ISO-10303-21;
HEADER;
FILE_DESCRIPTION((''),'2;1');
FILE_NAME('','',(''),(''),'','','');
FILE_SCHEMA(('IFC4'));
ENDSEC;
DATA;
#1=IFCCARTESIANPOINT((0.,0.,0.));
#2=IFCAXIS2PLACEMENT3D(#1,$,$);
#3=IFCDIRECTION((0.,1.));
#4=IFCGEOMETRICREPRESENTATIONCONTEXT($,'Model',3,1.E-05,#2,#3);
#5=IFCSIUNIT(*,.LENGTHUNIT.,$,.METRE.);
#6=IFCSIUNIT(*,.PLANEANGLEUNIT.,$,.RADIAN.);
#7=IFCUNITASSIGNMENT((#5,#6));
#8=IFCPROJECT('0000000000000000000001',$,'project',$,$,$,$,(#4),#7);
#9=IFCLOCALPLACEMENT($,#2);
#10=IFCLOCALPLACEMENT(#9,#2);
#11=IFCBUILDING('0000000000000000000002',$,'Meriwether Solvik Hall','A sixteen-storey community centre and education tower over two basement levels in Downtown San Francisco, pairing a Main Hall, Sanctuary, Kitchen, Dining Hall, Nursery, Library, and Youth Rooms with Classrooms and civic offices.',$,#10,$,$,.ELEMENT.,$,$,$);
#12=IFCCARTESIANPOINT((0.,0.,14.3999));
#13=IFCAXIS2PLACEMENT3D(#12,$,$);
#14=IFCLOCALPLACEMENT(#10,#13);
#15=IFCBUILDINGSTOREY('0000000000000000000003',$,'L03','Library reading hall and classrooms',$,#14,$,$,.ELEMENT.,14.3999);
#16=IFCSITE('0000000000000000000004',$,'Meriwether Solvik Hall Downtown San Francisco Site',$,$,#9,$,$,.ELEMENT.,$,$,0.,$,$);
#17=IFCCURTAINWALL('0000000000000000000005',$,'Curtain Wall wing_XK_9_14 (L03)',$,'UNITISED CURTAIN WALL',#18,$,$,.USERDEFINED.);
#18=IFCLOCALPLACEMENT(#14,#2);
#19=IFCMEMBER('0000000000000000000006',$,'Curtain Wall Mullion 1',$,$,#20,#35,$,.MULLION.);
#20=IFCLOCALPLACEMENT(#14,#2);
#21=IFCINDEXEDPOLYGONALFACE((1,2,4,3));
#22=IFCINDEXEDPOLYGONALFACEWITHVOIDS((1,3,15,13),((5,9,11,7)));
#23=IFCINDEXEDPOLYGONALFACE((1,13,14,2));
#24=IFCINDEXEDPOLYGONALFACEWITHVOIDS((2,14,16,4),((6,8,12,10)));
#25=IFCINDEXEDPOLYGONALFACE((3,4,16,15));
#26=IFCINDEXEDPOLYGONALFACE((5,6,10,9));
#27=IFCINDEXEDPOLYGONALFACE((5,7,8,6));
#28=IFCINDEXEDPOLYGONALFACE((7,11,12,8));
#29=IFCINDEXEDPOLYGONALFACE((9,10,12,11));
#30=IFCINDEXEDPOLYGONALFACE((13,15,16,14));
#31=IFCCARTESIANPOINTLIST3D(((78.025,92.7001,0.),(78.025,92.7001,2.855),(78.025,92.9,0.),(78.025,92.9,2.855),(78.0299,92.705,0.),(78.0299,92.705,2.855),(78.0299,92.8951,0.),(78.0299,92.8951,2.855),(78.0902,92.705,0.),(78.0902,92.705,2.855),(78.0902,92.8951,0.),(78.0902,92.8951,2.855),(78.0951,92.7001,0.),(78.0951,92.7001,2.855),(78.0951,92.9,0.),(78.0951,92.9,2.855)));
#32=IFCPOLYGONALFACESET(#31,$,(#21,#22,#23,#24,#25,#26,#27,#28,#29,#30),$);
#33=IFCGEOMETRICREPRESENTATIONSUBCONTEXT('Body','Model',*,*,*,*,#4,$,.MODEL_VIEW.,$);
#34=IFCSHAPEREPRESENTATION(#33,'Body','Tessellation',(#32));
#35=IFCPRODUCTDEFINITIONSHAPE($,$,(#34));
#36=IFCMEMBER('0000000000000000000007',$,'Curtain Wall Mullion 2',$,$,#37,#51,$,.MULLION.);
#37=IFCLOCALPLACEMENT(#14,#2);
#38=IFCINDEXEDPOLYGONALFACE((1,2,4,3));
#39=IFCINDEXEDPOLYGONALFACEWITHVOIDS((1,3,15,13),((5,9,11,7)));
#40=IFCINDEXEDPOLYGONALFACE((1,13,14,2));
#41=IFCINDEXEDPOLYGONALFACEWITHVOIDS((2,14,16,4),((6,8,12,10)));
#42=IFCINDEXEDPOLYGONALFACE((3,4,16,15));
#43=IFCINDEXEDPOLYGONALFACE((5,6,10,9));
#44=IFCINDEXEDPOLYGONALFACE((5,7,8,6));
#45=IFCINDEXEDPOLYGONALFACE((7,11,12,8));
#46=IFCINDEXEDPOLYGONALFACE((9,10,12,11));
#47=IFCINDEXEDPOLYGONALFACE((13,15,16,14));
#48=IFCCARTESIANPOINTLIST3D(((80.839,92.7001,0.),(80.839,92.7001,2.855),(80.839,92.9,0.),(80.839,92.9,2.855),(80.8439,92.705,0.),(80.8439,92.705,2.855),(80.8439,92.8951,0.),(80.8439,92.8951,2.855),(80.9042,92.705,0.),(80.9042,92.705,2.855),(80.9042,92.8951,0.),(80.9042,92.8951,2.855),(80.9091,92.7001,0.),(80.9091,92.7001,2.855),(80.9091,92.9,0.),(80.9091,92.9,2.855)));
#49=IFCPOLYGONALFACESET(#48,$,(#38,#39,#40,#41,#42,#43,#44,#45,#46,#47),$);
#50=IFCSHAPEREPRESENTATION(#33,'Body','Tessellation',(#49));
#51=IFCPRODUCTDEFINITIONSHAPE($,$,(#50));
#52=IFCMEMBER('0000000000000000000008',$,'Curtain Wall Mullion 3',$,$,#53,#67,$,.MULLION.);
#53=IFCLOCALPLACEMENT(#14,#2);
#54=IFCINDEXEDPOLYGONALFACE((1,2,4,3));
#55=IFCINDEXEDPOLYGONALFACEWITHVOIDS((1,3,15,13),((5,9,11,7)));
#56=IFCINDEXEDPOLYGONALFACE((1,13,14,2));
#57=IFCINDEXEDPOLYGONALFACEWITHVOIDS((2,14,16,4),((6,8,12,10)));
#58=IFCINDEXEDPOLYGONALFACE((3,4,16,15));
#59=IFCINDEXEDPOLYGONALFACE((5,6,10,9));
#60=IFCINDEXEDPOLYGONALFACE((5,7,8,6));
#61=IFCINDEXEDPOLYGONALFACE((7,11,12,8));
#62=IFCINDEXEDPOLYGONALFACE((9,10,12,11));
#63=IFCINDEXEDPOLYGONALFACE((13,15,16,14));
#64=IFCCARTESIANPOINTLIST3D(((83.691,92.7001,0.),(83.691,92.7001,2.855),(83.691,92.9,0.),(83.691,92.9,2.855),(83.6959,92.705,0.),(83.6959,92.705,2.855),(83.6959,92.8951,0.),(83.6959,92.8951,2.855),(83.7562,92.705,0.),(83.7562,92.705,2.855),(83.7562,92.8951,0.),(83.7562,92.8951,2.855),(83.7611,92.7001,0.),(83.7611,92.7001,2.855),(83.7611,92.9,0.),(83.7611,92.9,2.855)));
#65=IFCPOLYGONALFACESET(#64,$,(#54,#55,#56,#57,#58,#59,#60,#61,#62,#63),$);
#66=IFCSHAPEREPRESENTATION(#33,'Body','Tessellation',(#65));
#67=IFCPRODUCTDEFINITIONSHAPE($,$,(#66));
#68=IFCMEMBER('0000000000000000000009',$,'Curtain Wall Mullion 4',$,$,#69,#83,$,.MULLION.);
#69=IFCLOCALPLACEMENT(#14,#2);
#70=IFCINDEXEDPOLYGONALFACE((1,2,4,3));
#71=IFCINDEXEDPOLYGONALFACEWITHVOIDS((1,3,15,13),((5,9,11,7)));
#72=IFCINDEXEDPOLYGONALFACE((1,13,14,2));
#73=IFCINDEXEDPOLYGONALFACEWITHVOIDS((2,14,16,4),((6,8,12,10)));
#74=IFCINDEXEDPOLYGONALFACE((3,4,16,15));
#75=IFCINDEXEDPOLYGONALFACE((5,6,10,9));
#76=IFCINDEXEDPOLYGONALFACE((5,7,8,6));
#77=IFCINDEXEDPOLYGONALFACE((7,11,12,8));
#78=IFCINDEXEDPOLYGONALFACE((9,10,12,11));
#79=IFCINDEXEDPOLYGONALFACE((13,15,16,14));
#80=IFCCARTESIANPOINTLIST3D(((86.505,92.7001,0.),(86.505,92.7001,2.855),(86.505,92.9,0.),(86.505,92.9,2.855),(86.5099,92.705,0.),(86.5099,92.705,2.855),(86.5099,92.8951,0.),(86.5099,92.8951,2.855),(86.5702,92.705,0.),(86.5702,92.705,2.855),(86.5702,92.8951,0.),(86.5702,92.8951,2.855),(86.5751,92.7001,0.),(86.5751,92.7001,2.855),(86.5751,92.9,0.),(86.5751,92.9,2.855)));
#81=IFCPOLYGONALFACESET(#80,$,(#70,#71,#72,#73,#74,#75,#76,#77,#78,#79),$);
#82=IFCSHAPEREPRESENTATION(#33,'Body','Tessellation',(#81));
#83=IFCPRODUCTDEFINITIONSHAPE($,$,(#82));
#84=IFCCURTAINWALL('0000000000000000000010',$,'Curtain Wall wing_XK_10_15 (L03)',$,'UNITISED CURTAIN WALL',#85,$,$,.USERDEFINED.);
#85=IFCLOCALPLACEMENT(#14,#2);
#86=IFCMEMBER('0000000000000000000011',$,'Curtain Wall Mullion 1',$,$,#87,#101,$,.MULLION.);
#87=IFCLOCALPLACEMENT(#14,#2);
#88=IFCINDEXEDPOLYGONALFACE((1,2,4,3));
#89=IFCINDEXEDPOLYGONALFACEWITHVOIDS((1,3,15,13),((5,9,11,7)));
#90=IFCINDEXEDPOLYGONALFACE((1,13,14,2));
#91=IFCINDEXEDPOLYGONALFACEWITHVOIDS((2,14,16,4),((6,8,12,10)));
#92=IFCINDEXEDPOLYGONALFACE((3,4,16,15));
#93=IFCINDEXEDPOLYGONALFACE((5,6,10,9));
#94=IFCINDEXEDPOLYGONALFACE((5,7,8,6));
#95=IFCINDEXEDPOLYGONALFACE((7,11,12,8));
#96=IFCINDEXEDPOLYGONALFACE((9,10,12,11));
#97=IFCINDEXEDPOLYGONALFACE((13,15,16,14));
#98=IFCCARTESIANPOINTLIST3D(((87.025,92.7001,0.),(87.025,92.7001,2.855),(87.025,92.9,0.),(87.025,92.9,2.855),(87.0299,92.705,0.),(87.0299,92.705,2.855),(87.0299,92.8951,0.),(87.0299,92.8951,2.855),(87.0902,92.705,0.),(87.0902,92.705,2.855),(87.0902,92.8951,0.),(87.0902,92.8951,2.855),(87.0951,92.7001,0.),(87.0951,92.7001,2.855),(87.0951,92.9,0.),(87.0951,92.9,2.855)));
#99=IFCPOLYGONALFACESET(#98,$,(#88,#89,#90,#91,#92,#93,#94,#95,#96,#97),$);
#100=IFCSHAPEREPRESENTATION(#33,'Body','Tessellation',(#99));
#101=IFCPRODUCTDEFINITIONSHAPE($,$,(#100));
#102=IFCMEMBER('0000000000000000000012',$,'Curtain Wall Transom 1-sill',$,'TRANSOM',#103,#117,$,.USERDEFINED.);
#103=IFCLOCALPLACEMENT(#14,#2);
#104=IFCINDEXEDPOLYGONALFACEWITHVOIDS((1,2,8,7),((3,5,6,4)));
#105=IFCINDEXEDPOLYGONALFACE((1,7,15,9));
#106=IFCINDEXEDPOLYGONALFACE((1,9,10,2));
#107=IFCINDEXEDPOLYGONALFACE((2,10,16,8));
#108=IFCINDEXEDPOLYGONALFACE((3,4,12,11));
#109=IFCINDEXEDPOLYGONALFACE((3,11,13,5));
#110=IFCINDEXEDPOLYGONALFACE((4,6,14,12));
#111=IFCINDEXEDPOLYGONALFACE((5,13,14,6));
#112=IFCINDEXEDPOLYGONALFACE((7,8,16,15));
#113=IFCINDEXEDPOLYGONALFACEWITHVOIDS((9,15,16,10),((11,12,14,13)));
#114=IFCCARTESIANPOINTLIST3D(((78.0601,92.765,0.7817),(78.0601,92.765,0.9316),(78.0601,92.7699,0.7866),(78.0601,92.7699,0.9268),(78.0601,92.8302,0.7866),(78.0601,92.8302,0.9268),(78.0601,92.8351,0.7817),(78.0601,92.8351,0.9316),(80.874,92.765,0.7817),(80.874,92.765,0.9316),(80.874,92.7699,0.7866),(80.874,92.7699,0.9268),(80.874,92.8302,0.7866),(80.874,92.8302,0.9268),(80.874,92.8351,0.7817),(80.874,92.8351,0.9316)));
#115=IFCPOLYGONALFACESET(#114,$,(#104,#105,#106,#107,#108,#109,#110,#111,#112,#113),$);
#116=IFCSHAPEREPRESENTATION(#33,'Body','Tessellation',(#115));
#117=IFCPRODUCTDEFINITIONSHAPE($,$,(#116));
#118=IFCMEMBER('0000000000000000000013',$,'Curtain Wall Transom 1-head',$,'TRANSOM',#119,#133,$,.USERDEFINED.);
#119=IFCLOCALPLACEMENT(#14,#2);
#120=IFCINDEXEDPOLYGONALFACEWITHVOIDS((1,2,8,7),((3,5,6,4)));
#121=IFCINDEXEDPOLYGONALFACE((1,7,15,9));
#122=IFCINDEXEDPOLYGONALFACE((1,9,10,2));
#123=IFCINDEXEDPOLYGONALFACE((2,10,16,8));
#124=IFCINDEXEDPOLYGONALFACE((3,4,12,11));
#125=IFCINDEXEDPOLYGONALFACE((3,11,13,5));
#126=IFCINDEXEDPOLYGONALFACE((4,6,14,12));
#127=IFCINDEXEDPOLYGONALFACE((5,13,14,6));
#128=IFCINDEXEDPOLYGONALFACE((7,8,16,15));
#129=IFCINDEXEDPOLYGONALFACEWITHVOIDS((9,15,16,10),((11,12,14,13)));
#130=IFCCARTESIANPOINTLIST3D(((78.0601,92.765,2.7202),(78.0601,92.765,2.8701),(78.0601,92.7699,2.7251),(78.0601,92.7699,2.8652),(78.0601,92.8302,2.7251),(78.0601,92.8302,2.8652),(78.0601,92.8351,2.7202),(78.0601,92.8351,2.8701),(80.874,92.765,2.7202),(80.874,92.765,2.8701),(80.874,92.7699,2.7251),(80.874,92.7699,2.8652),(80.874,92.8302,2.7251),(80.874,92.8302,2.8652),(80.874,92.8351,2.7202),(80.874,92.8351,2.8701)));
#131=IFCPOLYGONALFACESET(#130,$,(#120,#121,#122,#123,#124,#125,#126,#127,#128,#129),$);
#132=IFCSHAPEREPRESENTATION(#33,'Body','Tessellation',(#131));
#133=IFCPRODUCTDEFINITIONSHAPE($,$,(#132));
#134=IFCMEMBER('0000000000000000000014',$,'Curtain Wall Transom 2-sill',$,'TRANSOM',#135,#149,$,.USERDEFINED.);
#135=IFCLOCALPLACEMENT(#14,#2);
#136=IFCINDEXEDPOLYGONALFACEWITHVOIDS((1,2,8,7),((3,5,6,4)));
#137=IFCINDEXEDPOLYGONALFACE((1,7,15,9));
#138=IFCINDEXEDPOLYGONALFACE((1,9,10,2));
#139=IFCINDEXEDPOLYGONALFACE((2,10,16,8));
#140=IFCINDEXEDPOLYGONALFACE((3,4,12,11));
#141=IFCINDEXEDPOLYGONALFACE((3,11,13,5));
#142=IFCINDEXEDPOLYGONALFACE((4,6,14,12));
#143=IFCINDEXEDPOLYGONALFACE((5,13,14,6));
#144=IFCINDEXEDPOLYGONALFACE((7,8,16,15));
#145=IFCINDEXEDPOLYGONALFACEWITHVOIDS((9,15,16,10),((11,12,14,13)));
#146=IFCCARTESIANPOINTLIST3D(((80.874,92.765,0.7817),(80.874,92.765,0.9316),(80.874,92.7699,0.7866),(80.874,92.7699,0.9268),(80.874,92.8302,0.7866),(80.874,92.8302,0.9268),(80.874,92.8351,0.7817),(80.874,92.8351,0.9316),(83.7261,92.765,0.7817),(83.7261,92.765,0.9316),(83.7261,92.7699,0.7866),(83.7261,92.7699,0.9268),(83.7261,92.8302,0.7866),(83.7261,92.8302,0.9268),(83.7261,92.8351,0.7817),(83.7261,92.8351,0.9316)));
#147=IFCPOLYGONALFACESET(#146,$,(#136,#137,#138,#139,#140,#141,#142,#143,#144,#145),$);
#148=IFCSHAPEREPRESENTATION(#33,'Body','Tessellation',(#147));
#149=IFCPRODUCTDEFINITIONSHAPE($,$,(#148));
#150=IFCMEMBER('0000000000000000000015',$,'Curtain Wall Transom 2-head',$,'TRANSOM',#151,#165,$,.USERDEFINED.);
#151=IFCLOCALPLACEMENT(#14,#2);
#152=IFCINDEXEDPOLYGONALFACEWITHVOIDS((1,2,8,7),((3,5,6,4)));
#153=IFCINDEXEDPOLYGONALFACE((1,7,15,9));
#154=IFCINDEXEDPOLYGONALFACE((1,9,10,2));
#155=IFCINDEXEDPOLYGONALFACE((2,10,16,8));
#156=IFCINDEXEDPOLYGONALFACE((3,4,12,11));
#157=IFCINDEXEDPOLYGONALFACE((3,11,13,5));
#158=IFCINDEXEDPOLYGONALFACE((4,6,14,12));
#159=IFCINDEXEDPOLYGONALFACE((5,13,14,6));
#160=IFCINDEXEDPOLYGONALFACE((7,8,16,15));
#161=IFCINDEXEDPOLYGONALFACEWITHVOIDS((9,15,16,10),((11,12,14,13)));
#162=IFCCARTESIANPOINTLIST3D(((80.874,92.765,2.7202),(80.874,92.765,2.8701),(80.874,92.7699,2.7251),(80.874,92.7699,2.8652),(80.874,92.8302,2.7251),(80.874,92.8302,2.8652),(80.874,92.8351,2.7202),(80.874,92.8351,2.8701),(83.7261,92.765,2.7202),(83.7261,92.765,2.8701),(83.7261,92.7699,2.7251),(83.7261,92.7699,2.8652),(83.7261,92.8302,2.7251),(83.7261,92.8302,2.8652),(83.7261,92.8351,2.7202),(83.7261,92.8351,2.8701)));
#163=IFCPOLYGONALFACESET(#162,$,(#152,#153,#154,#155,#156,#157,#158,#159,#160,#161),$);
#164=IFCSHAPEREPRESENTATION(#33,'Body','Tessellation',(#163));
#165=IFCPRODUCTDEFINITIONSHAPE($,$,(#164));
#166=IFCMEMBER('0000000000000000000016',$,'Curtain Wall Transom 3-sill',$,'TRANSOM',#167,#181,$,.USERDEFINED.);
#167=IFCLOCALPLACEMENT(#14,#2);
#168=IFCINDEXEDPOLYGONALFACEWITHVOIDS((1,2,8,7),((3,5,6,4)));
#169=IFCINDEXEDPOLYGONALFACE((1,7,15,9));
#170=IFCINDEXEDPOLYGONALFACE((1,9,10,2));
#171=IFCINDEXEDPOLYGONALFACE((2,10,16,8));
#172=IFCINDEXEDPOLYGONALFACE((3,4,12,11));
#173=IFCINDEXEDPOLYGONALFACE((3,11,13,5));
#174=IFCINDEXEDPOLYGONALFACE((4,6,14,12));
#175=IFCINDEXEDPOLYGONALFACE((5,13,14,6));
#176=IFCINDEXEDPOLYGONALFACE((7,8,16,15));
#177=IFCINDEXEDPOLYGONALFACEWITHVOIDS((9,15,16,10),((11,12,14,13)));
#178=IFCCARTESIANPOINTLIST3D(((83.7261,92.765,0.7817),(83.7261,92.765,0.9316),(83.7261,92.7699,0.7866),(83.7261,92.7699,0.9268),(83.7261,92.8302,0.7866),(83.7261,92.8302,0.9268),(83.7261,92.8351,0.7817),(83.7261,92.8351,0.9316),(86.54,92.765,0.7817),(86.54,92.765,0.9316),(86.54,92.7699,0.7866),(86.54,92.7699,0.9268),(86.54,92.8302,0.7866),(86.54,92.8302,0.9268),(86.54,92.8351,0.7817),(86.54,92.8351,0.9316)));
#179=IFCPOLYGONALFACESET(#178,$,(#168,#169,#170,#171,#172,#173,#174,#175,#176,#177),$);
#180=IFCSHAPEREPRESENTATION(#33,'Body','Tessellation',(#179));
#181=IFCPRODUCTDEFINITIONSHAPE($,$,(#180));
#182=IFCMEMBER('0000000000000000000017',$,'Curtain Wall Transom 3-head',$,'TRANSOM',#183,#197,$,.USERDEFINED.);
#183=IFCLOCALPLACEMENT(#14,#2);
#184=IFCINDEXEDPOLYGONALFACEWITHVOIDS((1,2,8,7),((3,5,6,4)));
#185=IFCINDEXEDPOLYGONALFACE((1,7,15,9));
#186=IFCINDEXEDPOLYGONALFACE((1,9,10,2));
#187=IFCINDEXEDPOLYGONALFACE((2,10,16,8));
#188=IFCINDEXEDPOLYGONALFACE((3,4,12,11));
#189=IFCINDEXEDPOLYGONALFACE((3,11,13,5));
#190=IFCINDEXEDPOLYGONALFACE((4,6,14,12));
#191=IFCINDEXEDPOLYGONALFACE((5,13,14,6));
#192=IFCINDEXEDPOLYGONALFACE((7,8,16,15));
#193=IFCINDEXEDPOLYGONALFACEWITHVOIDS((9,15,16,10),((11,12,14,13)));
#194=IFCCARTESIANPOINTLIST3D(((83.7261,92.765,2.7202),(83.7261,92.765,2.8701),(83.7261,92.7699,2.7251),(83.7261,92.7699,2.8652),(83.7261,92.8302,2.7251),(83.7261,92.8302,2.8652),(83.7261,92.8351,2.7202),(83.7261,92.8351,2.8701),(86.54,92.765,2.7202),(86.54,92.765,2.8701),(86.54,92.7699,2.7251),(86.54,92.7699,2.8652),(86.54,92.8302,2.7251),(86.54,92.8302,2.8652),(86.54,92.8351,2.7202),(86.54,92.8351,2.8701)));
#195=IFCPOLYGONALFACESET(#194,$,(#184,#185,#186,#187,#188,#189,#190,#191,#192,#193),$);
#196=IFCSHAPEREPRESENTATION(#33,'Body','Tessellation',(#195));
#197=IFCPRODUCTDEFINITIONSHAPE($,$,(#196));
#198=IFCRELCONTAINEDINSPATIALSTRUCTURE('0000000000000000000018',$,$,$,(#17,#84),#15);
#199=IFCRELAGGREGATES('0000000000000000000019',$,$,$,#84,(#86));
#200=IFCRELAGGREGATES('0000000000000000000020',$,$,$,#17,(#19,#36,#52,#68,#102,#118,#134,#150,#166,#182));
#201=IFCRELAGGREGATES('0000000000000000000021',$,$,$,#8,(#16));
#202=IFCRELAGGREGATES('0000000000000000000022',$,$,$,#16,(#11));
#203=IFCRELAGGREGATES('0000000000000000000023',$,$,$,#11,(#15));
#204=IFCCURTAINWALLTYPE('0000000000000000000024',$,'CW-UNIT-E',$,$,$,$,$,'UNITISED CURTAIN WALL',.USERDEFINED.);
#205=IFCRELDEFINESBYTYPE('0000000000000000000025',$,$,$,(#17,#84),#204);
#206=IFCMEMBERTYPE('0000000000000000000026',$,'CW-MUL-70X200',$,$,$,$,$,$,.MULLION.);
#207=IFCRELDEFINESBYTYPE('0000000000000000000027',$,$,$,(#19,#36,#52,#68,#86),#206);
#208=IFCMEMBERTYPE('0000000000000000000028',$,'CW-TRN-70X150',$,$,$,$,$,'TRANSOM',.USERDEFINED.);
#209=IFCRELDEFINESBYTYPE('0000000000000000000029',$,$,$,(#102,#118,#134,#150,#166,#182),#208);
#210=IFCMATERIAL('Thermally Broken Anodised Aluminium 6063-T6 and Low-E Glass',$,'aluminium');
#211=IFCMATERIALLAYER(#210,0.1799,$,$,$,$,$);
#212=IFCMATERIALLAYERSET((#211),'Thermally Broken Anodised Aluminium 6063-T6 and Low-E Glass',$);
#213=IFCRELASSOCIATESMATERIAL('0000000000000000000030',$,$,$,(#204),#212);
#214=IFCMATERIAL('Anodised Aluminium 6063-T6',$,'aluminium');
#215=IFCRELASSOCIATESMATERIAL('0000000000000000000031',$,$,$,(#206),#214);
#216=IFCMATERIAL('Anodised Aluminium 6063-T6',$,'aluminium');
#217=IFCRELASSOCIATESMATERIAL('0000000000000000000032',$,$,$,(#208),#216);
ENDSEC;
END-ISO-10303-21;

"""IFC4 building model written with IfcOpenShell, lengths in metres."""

from ifc_helpers import new_model, si_unit, direction, frame, origin, origin_2d, place, context, subcontext, project, spatial, hollow_rectangle, extrude, material, layer, layer_set, material_profile, profile_set, type_object, element, aggregate, save


model = new_model("IFC4")

# Units and contexts
model_context = context("Model", 3, precision=1e-05, world=origin(), true_north=direction((0.0, 1.0)))
body_context = subcontext(model_context, "Body", "Model", "MODEL_VIEW")
ifc_project = project(units=[si_unit("LENGTHUNIT", "METRE"), si_unit("PLANEANGLEUNIT", "RADIAN")], contexts=[model_context])

# Site, building, storey
site_placement = place(None, origin())
site = spatial("IfcSite", under=ifc_project, at=site_placement, Name="Meriwether Solvik Hall Downtown San Francisco Site", CompositionType="ELEMENT", RefElevation=0.0)
building_placement = place(site_placement, origin())
building = spatial("IfcBuilding", under=site, at=building_placement, Name="Meriwether Solvik Hall", Description="A sixteen-storey community centre and education tower over two basement levels in Downtown San Francisco, pairing a Main Hall, Sanctuary, Kitchen, Dining Hall, Nursery, Library, and Youth Rooms with Classrooms and civic offices.", CompositionType="ELEMENT")
storey_placement = place(building_placement, frame((0.0, 0.0, 14.3999)))
storey = spatial("IfcBuildingStorey", under=building, at=storey_placement, Name="L03", Description="Library reading hall and classrooms", CompositionType="ELEMENT", Elevation=14.3999)

# Curtain wall, members
ifc_material_1 = material(Name="Thermally Broken Anodised Aluminium 6063-T6 and Low-E Glass", Category="aluminium")
ifc_layer_1 = layer(ifc_material_1, 0.1799)
ifc_layer_set_1 = layer_set([ifc_layer_1], Name="Thermally Broken Anodised Aluminium 6063-T6 and Low-E Glass")
curtain_wall_type = type_object("IfcCurtainWallType", Name="CW-UNIT-E", ElementType="UNITISED CURTAIN WALL", PredefinedType="USERDEFINED", material=ifc_layer_set_1)
curtain_wall_1_placement = place(storey_placement, origin())
curtain_wall_1 = element("IfcCurtainWall", 1, at=curtain_wall_1_placement, inside=storey, type_object=curtain_wall_type, Name="Curtain Wall wing_XK_9_14 (L03)", ObjectType="UNITISED CURTAIN WALL", PredefinedType="USERDEFINED")
ifc_material_2 = material(Name="Anodised Aluminium 6063-T6", Category="aluminium")
ifc_material_profile_1 = material_profile(ifc_material_2, hollow_rectangle(XDim=0.0701, YDim=0.2, WallThickness=0.0049, at=origin_2d()), Name="CWM-70X200")
ifc_profile_set_1 = profile_set([ifc_material_profile_1], Name="Anodised Aluminium 6063-T6")
member_type_1 = type_object("IfcMemberType", Name="CW-MUL-70X200", PredefinedType="MULLION", material=ifc_profile_set_1)
member_1_placement = place(storey_placement, frame((78.0601, 92.8, 0.0), z_axis=(0.0, 0.0, 1.0), x_axis=(1.0, 0.0, 0.0)))
member_1 = element("IfcMember", 2, at=member_1_placement, type_object=member_type_1, Name="Curtain Wall Mullion 1", PredefinedType="MULLION", context=body_context, shape_type="SweptSolid", body=[
    extrude(hollow_rectangle(XDim=0.0701, YDim=0.2, WallThickness=0.0049, at=origin_2d()), origin(), (0.0, 0.0, 1.0), 2.855),
])
member_2_placement = place(storey_placement, frame((80.874, 92.8, 0.0), z_axis=(0.0, 0.0, 1.0), x_axis=(1.0, 0.0, 0.0)))
member_2 = element("IfcMember", 3, at=member_2_placement, type_object=member_type_1, Name="Curtain Wall Mullion 2", PredefinedType="MULLION", context=body_context, shape_type="SweptSolid", body=[
    extrude(hollow_rectangle(XDim=0.0701, YDim=0.2, WallThickness=0.0049, at=origin_2d()), origin(), (0.0, 0.0, 1.0), 2.855),
])
member_3_placement = place(storey_placement, frame((83.7261, 92.8, 0.0), z_axis=(0.0, 0.0, 1.0), x_axis=(1.0, 0.0, 0.0)))
member_3 = element("IfcMember", 4, at=member_3_placement, type_object=member_type_1, Name="Curtain Wall Mullion 3", PredefinedType="MULLION", context=body_context, shape_type="SweptSolid", body=[
    extrude(hollow_rectangle(XDim=0.0701, YDim=0.2, WallThickness=0.0049, at=origin_2d()), origin(), (0.0, 0.0, 1.0), 2.855),
])
member_4_placement = place(storey_placement, frame((86.54, 92.8, 0.0), z_axis=(0.0, 0.0, 1.0), x_axis=(1.0, 0.0, 0.0)))
member_4 = element("IfcMember", 5, at=member_4_placement, type_object=member_type_1, Name="Curtain Wall Mullion 4", PredefinedType="MULLION", context=body_context, shape_type="SweptSolid", body=[
    extrude(hollow_rectangle(XDim=0.0701, YDim=0.2, WallThickness=0.0049, at=origin_2d()), origin(), (0.0, 0.0, 1.0), 2.855),
])

# Curtain wall, member
curtain_wall_2_placement = place(storey_placement, origin())
curtain_wall_2 = element("IfcCurtainWall", 6, at=curtain_wall_2_placement, inside=storey, type_object=curtain_wall_type, Name="Curtain Wall wing_XK_10_15 (L03)", ObjectType="UNITISED CURTAIN WALL", PredefinedType="USERDEFINED")
member_5_placement = place(storey_placement, frame((87.0601, 92.8, 0.0), z_axis=(0.0, 0.0, 1.0), x_axis=(1.0, 0.0, 0.0)))
member_5 = element("IfcMember", 7, at=member_5_placement, type_object=member_type_1, Name="Curtain Wall Mullion 1", PredefinedType="MULLION", context=body_context, shape_type="SweptSolid", body=[
    extrude(hollow_rectangle(XDim=0.0701, YDim=0.2, WallThickness=0.0049, at=origin_2d()), origin(), (0.0, 0.0, 1.0), 2.855),
])

# Members
ifc_material_3 = material(Name="Anodised Aluminium 6063-T6", Category="aluminium")
ifc_material_profile_2 = material_profile(ifc_material_3, hollow_rectangle(XDim=0.0701, YDim=0.1499, WallThickness=0.0049, at=origin_2d()), Name="CWT-70X150")
ifc_profile_set_2 = profile_set([ifc_material_profile_2], Name="Anodised Aluminium 6063-T6")
member_type_2 = type_object("IfcMemberType", Name="CW-TRN-70X150", ElementType="TRANSOM", PredefinedType="USERDEFINED", material=ifc_profile_set_2)
member_6_placement = place(storey_placement, frame((78.0601, 92.8, 0.8567), z_axis=(1.0, 0.0, 0.0), x_axis=(0.0, 1.0, 0.0)))
member_6 = element("IfcMember", 8, at=member_6_placement, type_object=member_type_2, Name="Curtain Wall Transom 1-sill", ObjectType="TRANSOM", PredefinedType="USERDEFINED", context=body_context, shape_type="SweptSolid", body=[
    extrude(hollow_rectangle(XDim=0.0701, YDim=0.1499, WallThickness=0.0049, at=origin_2d()), origin(), (0.0, 0.0, 1.0), 2.814),
])
member_7_placement = place(storey_placement, frame((78.0601, 92.8, 2.7952), z_axis=(1.0, 0.0, 0.0), x_axis=(0.0, 1.0, 0.0)))
member_7 = element("IfcMember", 9, at=member_7_placement, type_object=member_type_2, Name="Curtain Wall Transom 1-head", ObjectType="TRANSOM", PredefinedType="USERDEFINED", context=body_context, shape_type="SweptSolid", body=[
    extrude(hollow_rectangle(XDim=0.0701, YDim=0.1499, WallThickness=0.0049, at=origin_2d()), origin(), (0.0, 0.0, 1.0), 2.814),
])
member_8_placement = place(storey_placement, frame((80.874, 92.8, 0.8567), z_axis=(1.0, 0.0, 0.0), x_axis=(0.0, 1.0, 0.0)))
member_8 = element("IfcMember", 10, at=member_8_placement, type_object=member_type_2, Name="Curtain Wall Transom 2-sill", ObjectType="TRANSOM", PredefinedType="USERDEFINED", context=body_context, shape_type="SweptSolid", body=[
    extrude(hollow_rectangle(XDim=0.0701, YDim=0.1499, WallThickness=0.0049, at=origin_2d()), origin(), (0.0, 0.0, 1.0), 2.8521),
])
member_9_placement = place(storey_placement, frame((80.874, 92.8, 2.7952), z_axis=(1.0, 0.0, 0.0), x_axis=(0.0, 1.0, 0.0)))
member_9 = element("IfcMember", 11, at=member_9_placement, type_object=member_type_2, Name="Curtain Wall Transom 2-head", ObjectType="TRANSOM", PredefinedType="USERDEFINED", context=body_context, shape_type="SweptSolid", body=[
    extrude(hollow_rectangle(XDim=0.0701, YDim=0.1499, WallThickness=0.0049, at=origin_2d()), origin(), (0.0, 0.0, 1.0), 2.8521),
])
member_10_placement = place(storey_placement, frame((83.7261, 92.8, 0.8567), z_axis=(1.0, 0.0, 0.0), x_axis=(0.0, 1.0, 0.0)))
member_10 = element("IfcMember", 12, at=member_10_placement, type_object=member_type_2, Name="Curtain Wall Transom 3-sill", ObjectType="TRANSOM", PredefinedType="USERDEFINED", context=body_context, shape_type="SweptSolid", body=[
    extrude(hollow_rectangle(XDim=0.0701, YDim=0.1499, WallThickness=0.0049, at=origin_2d()), origin(), (0.0, 0.0, 1.0), 2.814),
])
member_11_placement = place(storey_placement, frame((83.7261, 92.8, 2.7952), z_axis=(1.0, 0.0, 0.0), x_axis=(0.0, 1.0, 0.0)))
member_11 = element("IfcMember", 13, at=member_11_placement, type_object=member_type_2, Name="Curtain Wall Transom 3-head", ObjectType="TRANSOM", PredefinedType="USERDEFINED", context=body_context, shape_type="SweptSolid", body=[
    extrude(hollow_rectangle(XDim=0.0701, YDim=0.1499, WallThickness=0.0049, at=origin_2d()), origin(), (0.0, 0.0, 1.0), 2.814),
])
aggregate(curtain_wall_2, [member_5])

aggregate(curtain_wall_1, [member_1, member_2, member_3, member_4, member_6, member_7, member_8, member_9, member_10, member_11])

save(model, "model.ifc")
